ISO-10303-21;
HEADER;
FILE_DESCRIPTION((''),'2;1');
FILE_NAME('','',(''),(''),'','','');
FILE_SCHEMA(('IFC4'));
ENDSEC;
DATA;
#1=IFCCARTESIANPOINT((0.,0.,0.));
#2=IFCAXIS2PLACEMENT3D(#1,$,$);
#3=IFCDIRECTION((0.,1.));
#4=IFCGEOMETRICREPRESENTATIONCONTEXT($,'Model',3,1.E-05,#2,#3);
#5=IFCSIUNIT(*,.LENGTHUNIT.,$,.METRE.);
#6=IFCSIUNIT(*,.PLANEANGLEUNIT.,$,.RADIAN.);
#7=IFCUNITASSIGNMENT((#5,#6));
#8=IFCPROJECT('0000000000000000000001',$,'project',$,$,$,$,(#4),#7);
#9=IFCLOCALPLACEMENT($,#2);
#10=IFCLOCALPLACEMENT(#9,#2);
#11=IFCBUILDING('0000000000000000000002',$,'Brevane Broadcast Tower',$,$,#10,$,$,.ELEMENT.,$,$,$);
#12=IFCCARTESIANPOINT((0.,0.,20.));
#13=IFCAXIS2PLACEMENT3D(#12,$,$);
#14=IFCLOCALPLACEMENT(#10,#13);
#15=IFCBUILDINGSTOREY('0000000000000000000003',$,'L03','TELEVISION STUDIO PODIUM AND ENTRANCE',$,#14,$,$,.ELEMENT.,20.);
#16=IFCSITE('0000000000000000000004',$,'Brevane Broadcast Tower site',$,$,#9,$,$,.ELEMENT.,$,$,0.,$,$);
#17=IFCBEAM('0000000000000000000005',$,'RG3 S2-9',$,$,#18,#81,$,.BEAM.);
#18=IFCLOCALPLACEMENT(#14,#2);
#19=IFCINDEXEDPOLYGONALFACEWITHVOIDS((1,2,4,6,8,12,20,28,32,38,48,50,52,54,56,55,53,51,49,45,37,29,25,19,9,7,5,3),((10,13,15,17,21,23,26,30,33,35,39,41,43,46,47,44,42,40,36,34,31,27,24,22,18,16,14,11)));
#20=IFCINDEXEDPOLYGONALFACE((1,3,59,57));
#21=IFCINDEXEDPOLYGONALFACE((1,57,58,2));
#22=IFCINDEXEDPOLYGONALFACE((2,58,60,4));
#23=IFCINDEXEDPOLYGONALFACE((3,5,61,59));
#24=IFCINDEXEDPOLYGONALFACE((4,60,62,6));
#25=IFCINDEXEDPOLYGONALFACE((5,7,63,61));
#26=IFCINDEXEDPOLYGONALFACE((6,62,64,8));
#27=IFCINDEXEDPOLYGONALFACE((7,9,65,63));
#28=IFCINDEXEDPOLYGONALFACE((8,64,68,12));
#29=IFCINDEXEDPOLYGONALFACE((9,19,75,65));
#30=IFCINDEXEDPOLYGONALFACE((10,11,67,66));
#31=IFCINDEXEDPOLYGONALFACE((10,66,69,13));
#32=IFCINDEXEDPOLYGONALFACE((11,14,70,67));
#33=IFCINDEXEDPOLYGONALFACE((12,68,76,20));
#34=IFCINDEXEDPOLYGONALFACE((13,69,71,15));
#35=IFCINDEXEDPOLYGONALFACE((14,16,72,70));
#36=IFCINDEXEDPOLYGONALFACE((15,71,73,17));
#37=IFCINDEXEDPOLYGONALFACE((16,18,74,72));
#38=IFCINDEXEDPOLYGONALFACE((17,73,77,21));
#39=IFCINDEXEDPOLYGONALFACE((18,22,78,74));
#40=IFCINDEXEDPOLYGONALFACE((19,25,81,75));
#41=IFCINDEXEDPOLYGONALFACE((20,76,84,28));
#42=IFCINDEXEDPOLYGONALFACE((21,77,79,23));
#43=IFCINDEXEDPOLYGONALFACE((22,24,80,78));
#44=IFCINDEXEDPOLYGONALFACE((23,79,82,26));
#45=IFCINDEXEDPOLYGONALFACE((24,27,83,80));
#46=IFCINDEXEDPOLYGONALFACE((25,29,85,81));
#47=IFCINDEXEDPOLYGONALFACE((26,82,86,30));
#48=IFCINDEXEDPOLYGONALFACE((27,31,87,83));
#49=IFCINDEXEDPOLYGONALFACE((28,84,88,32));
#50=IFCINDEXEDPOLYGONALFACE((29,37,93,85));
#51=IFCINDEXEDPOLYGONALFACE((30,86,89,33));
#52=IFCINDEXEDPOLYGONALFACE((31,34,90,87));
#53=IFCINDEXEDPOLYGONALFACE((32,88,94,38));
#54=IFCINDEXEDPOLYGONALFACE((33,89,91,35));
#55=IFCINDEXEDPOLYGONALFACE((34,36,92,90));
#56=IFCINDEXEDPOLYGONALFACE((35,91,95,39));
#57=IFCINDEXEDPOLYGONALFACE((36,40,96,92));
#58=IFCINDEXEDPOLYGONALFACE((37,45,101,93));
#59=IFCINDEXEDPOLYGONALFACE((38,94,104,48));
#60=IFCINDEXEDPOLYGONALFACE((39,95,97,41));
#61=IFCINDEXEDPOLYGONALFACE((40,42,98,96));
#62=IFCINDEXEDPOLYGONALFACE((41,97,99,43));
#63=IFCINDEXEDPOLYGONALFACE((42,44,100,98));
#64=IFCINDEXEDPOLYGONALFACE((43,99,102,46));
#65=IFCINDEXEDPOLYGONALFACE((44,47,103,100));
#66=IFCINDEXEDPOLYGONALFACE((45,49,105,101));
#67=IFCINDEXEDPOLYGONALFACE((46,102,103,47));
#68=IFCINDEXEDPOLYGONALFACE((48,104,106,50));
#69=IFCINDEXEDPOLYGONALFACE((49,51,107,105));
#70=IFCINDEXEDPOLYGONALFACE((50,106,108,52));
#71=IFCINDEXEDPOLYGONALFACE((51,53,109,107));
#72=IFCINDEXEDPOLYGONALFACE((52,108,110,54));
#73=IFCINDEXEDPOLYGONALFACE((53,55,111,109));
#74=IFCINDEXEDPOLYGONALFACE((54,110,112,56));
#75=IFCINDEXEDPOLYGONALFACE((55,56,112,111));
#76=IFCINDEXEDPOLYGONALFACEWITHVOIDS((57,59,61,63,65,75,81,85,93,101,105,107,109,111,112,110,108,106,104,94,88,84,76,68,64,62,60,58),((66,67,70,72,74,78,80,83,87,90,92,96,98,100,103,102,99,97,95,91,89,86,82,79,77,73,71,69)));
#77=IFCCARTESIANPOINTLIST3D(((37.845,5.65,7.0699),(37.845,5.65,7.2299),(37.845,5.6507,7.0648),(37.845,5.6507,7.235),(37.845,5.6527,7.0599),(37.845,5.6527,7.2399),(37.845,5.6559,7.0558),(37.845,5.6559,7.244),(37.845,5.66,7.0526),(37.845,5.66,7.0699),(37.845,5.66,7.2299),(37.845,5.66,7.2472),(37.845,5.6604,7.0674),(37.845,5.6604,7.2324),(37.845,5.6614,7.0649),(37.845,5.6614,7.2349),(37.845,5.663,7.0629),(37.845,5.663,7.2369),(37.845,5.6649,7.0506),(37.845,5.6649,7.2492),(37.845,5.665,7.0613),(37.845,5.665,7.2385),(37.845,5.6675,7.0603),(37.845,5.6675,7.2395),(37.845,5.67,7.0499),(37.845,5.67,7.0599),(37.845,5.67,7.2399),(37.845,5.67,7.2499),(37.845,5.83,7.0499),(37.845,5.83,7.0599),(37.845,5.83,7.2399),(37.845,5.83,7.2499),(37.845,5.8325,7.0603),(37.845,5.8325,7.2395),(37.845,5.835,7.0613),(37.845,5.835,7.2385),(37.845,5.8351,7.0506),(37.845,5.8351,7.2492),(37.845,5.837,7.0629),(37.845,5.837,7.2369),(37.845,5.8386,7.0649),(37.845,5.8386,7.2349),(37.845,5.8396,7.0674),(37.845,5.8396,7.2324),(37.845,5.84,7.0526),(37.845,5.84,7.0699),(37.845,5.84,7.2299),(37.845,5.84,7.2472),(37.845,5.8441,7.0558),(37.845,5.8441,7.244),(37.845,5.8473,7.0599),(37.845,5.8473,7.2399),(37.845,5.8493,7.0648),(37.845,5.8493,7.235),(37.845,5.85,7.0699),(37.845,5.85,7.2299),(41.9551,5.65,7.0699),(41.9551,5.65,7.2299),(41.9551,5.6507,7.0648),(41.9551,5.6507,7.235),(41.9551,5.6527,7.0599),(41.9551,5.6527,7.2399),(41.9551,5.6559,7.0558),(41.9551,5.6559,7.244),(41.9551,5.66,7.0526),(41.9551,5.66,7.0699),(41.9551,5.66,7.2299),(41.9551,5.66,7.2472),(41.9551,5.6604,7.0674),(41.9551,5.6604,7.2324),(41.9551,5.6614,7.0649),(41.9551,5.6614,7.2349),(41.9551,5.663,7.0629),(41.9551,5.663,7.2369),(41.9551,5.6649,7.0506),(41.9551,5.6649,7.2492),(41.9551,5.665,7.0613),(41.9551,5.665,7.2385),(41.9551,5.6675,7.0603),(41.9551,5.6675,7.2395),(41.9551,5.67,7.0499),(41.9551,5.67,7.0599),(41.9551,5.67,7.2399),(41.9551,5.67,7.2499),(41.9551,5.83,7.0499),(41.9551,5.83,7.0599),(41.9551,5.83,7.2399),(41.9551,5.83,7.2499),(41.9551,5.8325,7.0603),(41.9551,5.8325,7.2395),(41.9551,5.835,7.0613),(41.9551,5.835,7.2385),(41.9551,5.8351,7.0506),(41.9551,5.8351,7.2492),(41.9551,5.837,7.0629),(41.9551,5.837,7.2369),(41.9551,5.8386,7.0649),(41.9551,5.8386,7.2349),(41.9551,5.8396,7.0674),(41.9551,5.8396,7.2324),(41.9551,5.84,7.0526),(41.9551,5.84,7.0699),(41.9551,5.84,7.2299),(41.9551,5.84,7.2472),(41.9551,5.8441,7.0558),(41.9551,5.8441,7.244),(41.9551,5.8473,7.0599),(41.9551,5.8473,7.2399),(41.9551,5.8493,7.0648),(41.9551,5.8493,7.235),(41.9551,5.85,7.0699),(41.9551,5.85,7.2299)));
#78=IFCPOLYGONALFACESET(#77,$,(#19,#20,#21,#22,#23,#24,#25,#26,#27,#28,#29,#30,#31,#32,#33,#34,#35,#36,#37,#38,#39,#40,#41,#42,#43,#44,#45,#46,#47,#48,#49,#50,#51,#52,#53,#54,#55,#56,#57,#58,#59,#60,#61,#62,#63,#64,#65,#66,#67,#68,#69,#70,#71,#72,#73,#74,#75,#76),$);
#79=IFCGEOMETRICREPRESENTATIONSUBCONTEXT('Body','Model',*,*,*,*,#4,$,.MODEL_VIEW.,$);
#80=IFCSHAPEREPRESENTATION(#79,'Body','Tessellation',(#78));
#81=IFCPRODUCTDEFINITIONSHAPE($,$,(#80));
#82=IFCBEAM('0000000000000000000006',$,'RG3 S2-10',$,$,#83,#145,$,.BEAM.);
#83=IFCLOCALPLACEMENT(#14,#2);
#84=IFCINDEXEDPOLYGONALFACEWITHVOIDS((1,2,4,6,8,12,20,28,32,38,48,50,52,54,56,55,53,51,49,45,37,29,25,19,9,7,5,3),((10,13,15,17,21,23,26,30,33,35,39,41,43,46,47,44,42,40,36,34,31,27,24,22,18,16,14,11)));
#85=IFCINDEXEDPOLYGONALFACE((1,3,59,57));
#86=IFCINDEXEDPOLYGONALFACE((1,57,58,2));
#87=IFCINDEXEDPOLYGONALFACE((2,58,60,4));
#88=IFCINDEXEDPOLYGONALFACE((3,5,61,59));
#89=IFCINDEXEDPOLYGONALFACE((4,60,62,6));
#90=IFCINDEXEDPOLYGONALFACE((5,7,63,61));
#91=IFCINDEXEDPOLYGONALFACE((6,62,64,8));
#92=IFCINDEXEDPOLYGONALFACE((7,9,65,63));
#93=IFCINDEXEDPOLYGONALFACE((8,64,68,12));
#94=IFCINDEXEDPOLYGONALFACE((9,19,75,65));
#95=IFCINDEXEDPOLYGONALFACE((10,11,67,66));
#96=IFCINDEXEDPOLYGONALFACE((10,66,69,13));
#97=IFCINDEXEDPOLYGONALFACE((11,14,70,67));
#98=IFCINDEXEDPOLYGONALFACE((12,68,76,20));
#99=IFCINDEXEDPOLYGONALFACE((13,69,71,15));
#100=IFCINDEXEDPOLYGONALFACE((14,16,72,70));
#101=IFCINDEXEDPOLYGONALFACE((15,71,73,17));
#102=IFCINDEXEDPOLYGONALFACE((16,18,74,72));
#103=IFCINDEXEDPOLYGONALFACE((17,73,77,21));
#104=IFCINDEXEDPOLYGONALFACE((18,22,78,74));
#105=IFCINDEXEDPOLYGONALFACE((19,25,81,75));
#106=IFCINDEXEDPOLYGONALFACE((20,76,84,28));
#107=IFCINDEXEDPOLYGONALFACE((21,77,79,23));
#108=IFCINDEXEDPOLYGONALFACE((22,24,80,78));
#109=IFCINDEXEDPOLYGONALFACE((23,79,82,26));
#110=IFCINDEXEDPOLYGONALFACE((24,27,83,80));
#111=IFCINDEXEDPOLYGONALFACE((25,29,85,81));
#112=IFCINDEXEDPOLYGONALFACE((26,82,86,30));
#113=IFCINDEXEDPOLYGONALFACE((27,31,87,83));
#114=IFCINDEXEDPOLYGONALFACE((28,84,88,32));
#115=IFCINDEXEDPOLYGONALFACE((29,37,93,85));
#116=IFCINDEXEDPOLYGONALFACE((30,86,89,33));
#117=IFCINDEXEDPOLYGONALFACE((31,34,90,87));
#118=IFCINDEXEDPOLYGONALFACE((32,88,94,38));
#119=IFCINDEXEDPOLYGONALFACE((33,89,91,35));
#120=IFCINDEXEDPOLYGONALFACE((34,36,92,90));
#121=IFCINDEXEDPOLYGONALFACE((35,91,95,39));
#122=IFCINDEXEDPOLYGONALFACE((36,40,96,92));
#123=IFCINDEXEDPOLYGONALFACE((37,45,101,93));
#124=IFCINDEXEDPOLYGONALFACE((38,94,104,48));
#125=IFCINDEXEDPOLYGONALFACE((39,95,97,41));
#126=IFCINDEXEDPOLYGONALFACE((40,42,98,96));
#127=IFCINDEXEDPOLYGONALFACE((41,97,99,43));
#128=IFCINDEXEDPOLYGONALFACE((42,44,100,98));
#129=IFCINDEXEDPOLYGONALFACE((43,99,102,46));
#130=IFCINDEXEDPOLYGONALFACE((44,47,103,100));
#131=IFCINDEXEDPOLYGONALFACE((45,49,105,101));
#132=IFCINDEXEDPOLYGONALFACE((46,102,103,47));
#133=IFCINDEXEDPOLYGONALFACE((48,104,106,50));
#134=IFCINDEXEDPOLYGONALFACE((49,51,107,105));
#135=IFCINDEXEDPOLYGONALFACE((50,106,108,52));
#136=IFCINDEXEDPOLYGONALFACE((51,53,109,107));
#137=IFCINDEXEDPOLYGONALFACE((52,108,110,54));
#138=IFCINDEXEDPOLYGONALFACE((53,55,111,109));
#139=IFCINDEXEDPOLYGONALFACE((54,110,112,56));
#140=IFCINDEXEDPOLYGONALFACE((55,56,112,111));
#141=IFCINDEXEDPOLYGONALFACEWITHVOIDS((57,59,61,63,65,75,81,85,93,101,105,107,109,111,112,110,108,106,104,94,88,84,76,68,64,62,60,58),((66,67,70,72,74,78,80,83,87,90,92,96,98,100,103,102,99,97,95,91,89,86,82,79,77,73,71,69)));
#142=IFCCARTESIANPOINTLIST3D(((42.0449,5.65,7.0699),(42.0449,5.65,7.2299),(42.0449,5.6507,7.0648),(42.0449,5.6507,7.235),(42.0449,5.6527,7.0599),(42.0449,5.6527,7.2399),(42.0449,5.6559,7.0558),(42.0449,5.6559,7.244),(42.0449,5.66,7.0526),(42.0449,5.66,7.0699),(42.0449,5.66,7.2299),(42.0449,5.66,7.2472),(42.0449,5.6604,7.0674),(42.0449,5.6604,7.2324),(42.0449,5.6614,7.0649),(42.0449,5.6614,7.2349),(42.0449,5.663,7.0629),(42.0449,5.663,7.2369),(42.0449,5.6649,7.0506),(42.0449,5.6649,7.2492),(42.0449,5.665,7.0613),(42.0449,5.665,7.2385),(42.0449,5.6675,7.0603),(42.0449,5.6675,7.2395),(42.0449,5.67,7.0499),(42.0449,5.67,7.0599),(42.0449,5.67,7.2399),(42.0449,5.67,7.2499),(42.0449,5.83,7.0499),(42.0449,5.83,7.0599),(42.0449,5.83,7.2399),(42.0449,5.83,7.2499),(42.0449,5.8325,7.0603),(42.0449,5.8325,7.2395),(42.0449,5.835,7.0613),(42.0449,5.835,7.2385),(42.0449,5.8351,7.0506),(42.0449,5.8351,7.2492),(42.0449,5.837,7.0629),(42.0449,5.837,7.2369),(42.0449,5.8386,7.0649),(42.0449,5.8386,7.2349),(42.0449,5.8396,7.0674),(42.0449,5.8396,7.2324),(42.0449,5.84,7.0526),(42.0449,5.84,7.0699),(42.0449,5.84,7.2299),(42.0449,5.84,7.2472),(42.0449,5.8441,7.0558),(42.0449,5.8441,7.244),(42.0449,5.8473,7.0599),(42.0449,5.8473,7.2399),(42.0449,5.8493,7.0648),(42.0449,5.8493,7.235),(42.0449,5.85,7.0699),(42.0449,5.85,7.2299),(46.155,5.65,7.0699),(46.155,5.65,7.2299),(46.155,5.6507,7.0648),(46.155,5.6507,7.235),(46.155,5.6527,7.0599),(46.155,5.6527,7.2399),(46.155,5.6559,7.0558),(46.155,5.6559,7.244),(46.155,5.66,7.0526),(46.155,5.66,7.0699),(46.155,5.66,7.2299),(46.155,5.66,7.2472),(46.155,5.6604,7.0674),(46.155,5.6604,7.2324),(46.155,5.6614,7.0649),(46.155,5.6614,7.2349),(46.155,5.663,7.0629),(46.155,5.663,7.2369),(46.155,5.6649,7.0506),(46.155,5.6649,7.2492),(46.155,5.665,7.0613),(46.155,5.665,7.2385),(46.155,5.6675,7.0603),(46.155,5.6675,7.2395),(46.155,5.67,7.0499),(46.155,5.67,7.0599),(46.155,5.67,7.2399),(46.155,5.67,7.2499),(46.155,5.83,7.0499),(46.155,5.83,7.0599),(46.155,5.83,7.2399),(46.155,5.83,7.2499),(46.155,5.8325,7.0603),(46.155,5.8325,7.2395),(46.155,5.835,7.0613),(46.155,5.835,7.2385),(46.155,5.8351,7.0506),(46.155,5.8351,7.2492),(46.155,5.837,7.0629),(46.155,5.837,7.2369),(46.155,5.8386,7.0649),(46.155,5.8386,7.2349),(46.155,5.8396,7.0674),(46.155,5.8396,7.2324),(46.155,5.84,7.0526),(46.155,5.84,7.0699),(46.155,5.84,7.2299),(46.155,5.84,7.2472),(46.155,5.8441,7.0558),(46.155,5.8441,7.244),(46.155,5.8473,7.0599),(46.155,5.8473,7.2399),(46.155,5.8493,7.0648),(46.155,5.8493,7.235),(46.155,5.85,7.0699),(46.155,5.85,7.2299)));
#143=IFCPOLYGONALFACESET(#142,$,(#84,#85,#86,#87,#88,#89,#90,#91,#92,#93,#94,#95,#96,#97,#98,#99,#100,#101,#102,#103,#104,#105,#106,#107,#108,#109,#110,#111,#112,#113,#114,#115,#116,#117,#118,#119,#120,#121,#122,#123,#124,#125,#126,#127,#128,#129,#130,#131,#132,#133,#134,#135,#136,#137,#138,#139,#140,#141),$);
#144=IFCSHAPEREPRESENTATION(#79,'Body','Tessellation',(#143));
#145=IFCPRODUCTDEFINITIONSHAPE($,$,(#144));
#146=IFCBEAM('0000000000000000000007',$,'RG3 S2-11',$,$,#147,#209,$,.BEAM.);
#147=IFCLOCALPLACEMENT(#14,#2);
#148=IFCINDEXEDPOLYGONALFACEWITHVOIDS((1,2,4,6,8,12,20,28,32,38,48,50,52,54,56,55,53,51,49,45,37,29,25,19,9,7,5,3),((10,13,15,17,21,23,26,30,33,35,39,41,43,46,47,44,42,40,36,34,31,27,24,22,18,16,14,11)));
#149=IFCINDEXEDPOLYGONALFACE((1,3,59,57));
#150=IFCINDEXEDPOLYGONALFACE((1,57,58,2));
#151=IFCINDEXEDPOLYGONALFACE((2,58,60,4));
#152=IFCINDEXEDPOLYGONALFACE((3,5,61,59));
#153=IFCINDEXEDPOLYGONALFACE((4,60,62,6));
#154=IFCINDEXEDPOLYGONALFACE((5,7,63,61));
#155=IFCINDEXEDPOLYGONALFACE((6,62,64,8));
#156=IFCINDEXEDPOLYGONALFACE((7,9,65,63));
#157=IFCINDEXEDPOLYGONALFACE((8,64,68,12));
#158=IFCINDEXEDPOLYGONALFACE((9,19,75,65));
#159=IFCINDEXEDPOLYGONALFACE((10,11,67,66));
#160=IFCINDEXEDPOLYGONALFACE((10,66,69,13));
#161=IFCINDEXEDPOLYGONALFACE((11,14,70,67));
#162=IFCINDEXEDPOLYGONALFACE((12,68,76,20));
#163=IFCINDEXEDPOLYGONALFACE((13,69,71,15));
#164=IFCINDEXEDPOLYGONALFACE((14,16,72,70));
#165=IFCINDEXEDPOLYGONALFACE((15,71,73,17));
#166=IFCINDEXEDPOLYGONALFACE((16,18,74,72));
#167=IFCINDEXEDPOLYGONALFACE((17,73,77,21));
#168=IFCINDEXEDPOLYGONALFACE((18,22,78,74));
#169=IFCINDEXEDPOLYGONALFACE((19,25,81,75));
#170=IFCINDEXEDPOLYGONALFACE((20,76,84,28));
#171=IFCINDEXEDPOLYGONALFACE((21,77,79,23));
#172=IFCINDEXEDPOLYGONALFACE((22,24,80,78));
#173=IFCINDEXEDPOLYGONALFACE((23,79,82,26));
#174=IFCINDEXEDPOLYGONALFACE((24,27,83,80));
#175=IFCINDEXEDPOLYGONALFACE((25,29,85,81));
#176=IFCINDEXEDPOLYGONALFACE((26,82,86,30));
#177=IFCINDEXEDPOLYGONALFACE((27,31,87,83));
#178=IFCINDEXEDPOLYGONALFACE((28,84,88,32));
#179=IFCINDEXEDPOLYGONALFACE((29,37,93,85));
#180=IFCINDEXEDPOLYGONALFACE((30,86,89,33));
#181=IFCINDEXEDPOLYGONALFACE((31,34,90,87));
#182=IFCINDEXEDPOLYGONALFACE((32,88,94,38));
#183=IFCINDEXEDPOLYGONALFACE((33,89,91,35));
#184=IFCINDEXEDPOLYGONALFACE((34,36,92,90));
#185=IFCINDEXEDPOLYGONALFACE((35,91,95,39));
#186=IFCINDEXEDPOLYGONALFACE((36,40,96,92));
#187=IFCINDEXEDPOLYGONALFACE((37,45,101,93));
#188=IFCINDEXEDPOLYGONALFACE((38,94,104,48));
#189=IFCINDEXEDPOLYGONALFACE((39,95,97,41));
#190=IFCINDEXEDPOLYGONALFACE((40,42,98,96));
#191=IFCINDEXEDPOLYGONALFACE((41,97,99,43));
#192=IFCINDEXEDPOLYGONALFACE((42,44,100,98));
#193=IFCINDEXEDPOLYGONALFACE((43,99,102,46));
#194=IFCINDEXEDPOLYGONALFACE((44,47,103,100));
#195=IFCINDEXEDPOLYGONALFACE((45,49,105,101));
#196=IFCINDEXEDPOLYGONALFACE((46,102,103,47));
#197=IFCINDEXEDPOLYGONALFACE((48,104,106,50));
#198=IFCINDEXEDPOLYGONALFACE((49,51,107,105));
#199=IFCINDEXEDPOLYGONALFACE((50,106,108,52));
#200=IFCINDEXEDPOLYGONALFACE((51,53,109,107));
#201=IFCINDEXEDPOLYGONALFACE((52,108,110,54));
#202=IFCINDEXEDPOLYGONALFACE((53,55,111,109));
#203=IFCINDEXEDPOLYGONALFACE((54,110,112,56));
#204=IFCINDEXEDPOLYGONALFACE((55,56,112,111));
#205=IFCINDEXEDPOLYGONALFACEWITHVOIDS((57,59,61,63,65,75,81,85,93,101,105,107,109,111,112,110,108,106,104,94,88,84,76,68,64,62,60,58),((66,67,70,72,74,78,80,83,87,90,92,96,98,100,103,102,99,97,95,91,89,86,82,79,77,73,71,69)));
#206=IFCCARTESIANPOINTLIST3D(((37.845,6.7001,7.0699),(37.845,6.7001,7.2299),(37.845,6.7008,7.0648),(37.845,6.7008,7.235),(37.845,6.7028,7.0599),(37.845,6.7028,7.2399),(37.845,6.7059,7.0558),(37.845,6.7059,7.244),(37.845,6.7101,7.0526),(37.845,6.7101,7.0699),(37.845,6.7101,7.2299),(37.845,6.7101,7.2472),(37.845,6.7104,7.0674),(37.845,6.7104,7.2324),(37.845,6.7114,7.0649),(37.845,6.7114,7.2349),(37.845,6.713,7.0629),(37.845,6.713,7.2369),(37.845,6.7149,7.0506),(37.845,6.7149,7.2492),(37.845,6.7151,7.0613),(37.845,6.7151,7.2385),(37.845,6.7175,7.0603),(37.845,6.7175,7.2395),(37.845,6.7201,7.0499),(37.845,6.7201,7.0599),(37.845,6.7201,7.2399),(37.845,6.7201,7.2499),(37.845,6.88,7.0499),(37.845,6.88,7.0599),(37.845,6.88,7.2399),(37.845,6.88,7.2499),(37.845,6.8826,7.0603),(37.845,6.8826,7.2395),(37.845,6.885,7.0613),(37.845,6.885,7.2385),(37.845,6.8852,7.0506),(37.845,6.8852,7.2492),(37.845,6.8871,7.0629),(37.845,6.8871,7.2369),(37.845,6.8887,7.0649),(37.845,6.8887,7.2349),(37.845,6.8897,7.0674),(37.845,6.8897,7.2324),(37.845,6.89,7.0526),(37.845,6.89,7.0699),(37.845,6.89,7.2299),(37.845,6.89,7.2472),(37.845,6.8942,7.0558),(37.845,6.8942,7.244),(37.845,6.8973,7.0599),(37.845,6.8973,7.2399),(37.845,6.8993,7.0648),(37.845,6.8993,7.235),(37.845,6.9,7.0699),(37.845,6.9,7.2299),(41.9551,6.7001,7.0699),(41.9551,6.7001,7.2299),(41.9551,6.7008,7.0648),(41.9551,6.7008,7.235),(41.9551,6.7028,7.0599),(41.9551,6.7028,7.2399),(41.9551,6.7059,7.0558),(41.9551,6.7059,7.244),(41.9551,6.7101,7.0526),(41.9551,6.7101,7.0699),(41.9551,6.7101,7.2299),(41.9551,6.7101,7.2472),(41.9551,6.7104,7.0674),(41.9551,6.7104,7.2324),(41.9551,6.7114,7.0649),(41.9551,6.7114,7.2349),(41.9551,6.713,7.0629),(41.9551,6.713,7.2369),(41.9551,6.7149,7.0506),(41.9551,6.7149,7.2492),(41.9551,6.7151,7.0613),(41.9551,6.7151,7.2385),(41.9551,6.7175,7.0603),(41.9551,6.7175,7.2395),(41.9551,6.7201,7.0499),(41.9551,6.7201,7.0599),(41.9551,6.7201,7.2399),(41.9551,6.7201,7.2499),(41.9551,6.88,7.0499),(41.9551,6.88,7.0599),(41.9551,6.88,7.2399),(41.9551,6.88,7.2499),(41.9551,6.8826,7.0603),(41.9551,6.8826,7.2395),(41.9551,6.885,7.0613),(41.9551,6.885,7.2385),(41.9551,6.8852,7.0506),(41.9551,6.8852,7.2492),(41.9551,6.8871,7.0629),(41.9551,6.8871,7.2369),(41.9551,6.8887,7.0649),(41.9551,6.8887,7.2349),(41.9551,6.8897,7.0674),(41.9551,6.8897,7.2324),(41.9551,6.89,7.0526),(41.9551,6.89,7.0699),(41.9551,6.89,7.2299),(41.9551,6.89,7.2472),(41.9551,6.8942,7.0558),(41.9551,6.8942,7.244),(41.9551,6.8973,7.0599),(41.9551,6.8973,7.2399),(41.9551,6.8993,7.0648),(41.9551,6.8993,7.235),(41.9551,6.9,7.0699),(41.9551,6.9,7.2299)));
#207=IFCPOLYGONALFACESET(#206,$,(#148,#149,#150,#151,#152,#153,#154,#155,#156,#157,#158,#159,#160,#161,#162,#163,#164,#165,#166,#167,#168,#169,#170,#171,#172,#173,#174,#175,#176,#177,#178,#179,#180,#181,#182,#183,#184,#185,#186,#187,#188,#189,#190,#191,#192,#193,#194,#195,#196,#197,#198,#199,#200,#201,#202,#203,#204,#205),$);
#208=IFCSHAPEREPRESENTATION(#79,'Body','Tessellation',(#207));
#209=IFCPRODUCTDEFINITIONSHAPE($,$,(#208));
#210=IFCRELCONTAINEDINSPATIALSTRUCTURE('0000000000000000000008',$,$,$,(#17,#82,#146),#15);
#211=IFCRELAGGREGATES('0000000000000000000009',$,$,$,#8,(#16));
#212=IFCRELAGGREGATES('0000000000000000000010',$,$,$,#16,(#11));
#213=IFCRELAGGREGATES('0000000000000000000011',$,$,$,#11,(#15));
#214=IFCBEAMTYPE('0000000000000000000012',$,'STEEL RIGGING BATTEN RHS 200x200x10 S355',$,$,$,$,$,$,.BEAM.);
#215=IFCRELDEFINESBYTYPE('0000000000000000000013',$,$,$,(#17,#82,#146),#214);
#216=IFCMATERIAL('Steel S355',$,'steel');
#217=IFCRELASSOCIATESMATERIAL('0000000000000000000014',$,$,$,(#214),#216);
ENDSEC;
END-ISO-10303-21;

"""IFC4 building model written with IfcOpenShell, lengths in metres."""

from ifc_helpers import new_model, si_unit, direction, frame, origin, origin_2d, place, context, subcontext, project, spatial, hollow_rectangle, extrude, material, material_profile, profile_set, type_object, element, save


model = new_model("IFC4")

# Units and contexts
model_context = context("Model", 3, precision=1e-05, world=origin(), true_north=direction((0.0, 1.0)))
body_context = subcontext(model_context, "Body", "Model", "MODEL_VIEW")
ifc_project = project(units=[si_unit("LENGTHUNIT", "METRE"), si_unit("PLANEANGLEUNIT", "RADIAN")], contexts=[model_context])

# Site, building, storey
site_placement = place(None, origin())
site = spatial("IfcSite", under=ifc_project, at=site_placement, Name="Brevane Broadcast Tower site", CompositionType="ELEMENT", RefElevation=0.0)
building_placement = place(site_placement, origin())
building = spatial("IfcBuilding", under=site, at=building_placement, Name="Brevane Broadcast Tower", CompositionType="ELEMENT")
storey_placement = place(building_placement, frame((0.0, 0.0, 20.0)))
storey = spatial("IfcBuildingStorey", under=building, at=storey_placement, Name="L03", Description="TELEVISION STUDIO PODIUM AND ENTRANCE", CompositionType="ELEMENT", Elevation=20.0)

# Beams
ifc_material_1 = material(Name="Steel S355", Category="steel")
ifc_material_profile_1 = material_profile(ifc_material_1, hollow_rectangle(XDim=0.2, YDim=0.2, WallThickness=0.01, InnerFilletRadius=0.01, OuterFilletRadius=0.02, at=origin_2d()), Name="RHS 200x200x10")
ifc_profile_set_1 = profile_set([ifc_material_profile_1], Name="Steel S355")
beam_type_1 = type_object("IfcBeamType", Name="STEEL RIGGING BATTEN RHS 200x200x10 S355", PredefinedType="BEAM", material=ifc_profile_set_1)
for number, where, z_axis, x_axis, name in (
    (1, (37.845, 5.75, 7.1499), (1.0, 0.0, 0.0), (0.0, 1.0, 0.0), "RG3 S2-9"),
    (2, (42.0449, 5.75, 7.1499), (1.0, 0.0, 0.0), (0.0, 1.0, 0.0), "RG3 S2-10"),
    (3, (37.845, 6.8, 7.1499), (1.0, 0.0, 0.0), (0.0, 1.0, 0.0), "RG3 S2-11"),
):
    element("IfcBeam", number, at=place(storey_placement, frame(where, z_axis=z_axis, x_axis=x_axis)), inside=storey, type_object=beam_type_1, Name=name, PredefinedType="BEAM", context=body_context, shape_type="SweptSolid", body=[
        extrude(hollow_rectangle(XDim=0.2, YDim=0.2, WallThickness=0.01, InnerFilletRadius=0.01, OuterFilletRadius=0.02, at=origin_2d()), origin(), (0.0, 0.0, 1.0), 4.1101),
    ])

save(model, "model.ifc")
